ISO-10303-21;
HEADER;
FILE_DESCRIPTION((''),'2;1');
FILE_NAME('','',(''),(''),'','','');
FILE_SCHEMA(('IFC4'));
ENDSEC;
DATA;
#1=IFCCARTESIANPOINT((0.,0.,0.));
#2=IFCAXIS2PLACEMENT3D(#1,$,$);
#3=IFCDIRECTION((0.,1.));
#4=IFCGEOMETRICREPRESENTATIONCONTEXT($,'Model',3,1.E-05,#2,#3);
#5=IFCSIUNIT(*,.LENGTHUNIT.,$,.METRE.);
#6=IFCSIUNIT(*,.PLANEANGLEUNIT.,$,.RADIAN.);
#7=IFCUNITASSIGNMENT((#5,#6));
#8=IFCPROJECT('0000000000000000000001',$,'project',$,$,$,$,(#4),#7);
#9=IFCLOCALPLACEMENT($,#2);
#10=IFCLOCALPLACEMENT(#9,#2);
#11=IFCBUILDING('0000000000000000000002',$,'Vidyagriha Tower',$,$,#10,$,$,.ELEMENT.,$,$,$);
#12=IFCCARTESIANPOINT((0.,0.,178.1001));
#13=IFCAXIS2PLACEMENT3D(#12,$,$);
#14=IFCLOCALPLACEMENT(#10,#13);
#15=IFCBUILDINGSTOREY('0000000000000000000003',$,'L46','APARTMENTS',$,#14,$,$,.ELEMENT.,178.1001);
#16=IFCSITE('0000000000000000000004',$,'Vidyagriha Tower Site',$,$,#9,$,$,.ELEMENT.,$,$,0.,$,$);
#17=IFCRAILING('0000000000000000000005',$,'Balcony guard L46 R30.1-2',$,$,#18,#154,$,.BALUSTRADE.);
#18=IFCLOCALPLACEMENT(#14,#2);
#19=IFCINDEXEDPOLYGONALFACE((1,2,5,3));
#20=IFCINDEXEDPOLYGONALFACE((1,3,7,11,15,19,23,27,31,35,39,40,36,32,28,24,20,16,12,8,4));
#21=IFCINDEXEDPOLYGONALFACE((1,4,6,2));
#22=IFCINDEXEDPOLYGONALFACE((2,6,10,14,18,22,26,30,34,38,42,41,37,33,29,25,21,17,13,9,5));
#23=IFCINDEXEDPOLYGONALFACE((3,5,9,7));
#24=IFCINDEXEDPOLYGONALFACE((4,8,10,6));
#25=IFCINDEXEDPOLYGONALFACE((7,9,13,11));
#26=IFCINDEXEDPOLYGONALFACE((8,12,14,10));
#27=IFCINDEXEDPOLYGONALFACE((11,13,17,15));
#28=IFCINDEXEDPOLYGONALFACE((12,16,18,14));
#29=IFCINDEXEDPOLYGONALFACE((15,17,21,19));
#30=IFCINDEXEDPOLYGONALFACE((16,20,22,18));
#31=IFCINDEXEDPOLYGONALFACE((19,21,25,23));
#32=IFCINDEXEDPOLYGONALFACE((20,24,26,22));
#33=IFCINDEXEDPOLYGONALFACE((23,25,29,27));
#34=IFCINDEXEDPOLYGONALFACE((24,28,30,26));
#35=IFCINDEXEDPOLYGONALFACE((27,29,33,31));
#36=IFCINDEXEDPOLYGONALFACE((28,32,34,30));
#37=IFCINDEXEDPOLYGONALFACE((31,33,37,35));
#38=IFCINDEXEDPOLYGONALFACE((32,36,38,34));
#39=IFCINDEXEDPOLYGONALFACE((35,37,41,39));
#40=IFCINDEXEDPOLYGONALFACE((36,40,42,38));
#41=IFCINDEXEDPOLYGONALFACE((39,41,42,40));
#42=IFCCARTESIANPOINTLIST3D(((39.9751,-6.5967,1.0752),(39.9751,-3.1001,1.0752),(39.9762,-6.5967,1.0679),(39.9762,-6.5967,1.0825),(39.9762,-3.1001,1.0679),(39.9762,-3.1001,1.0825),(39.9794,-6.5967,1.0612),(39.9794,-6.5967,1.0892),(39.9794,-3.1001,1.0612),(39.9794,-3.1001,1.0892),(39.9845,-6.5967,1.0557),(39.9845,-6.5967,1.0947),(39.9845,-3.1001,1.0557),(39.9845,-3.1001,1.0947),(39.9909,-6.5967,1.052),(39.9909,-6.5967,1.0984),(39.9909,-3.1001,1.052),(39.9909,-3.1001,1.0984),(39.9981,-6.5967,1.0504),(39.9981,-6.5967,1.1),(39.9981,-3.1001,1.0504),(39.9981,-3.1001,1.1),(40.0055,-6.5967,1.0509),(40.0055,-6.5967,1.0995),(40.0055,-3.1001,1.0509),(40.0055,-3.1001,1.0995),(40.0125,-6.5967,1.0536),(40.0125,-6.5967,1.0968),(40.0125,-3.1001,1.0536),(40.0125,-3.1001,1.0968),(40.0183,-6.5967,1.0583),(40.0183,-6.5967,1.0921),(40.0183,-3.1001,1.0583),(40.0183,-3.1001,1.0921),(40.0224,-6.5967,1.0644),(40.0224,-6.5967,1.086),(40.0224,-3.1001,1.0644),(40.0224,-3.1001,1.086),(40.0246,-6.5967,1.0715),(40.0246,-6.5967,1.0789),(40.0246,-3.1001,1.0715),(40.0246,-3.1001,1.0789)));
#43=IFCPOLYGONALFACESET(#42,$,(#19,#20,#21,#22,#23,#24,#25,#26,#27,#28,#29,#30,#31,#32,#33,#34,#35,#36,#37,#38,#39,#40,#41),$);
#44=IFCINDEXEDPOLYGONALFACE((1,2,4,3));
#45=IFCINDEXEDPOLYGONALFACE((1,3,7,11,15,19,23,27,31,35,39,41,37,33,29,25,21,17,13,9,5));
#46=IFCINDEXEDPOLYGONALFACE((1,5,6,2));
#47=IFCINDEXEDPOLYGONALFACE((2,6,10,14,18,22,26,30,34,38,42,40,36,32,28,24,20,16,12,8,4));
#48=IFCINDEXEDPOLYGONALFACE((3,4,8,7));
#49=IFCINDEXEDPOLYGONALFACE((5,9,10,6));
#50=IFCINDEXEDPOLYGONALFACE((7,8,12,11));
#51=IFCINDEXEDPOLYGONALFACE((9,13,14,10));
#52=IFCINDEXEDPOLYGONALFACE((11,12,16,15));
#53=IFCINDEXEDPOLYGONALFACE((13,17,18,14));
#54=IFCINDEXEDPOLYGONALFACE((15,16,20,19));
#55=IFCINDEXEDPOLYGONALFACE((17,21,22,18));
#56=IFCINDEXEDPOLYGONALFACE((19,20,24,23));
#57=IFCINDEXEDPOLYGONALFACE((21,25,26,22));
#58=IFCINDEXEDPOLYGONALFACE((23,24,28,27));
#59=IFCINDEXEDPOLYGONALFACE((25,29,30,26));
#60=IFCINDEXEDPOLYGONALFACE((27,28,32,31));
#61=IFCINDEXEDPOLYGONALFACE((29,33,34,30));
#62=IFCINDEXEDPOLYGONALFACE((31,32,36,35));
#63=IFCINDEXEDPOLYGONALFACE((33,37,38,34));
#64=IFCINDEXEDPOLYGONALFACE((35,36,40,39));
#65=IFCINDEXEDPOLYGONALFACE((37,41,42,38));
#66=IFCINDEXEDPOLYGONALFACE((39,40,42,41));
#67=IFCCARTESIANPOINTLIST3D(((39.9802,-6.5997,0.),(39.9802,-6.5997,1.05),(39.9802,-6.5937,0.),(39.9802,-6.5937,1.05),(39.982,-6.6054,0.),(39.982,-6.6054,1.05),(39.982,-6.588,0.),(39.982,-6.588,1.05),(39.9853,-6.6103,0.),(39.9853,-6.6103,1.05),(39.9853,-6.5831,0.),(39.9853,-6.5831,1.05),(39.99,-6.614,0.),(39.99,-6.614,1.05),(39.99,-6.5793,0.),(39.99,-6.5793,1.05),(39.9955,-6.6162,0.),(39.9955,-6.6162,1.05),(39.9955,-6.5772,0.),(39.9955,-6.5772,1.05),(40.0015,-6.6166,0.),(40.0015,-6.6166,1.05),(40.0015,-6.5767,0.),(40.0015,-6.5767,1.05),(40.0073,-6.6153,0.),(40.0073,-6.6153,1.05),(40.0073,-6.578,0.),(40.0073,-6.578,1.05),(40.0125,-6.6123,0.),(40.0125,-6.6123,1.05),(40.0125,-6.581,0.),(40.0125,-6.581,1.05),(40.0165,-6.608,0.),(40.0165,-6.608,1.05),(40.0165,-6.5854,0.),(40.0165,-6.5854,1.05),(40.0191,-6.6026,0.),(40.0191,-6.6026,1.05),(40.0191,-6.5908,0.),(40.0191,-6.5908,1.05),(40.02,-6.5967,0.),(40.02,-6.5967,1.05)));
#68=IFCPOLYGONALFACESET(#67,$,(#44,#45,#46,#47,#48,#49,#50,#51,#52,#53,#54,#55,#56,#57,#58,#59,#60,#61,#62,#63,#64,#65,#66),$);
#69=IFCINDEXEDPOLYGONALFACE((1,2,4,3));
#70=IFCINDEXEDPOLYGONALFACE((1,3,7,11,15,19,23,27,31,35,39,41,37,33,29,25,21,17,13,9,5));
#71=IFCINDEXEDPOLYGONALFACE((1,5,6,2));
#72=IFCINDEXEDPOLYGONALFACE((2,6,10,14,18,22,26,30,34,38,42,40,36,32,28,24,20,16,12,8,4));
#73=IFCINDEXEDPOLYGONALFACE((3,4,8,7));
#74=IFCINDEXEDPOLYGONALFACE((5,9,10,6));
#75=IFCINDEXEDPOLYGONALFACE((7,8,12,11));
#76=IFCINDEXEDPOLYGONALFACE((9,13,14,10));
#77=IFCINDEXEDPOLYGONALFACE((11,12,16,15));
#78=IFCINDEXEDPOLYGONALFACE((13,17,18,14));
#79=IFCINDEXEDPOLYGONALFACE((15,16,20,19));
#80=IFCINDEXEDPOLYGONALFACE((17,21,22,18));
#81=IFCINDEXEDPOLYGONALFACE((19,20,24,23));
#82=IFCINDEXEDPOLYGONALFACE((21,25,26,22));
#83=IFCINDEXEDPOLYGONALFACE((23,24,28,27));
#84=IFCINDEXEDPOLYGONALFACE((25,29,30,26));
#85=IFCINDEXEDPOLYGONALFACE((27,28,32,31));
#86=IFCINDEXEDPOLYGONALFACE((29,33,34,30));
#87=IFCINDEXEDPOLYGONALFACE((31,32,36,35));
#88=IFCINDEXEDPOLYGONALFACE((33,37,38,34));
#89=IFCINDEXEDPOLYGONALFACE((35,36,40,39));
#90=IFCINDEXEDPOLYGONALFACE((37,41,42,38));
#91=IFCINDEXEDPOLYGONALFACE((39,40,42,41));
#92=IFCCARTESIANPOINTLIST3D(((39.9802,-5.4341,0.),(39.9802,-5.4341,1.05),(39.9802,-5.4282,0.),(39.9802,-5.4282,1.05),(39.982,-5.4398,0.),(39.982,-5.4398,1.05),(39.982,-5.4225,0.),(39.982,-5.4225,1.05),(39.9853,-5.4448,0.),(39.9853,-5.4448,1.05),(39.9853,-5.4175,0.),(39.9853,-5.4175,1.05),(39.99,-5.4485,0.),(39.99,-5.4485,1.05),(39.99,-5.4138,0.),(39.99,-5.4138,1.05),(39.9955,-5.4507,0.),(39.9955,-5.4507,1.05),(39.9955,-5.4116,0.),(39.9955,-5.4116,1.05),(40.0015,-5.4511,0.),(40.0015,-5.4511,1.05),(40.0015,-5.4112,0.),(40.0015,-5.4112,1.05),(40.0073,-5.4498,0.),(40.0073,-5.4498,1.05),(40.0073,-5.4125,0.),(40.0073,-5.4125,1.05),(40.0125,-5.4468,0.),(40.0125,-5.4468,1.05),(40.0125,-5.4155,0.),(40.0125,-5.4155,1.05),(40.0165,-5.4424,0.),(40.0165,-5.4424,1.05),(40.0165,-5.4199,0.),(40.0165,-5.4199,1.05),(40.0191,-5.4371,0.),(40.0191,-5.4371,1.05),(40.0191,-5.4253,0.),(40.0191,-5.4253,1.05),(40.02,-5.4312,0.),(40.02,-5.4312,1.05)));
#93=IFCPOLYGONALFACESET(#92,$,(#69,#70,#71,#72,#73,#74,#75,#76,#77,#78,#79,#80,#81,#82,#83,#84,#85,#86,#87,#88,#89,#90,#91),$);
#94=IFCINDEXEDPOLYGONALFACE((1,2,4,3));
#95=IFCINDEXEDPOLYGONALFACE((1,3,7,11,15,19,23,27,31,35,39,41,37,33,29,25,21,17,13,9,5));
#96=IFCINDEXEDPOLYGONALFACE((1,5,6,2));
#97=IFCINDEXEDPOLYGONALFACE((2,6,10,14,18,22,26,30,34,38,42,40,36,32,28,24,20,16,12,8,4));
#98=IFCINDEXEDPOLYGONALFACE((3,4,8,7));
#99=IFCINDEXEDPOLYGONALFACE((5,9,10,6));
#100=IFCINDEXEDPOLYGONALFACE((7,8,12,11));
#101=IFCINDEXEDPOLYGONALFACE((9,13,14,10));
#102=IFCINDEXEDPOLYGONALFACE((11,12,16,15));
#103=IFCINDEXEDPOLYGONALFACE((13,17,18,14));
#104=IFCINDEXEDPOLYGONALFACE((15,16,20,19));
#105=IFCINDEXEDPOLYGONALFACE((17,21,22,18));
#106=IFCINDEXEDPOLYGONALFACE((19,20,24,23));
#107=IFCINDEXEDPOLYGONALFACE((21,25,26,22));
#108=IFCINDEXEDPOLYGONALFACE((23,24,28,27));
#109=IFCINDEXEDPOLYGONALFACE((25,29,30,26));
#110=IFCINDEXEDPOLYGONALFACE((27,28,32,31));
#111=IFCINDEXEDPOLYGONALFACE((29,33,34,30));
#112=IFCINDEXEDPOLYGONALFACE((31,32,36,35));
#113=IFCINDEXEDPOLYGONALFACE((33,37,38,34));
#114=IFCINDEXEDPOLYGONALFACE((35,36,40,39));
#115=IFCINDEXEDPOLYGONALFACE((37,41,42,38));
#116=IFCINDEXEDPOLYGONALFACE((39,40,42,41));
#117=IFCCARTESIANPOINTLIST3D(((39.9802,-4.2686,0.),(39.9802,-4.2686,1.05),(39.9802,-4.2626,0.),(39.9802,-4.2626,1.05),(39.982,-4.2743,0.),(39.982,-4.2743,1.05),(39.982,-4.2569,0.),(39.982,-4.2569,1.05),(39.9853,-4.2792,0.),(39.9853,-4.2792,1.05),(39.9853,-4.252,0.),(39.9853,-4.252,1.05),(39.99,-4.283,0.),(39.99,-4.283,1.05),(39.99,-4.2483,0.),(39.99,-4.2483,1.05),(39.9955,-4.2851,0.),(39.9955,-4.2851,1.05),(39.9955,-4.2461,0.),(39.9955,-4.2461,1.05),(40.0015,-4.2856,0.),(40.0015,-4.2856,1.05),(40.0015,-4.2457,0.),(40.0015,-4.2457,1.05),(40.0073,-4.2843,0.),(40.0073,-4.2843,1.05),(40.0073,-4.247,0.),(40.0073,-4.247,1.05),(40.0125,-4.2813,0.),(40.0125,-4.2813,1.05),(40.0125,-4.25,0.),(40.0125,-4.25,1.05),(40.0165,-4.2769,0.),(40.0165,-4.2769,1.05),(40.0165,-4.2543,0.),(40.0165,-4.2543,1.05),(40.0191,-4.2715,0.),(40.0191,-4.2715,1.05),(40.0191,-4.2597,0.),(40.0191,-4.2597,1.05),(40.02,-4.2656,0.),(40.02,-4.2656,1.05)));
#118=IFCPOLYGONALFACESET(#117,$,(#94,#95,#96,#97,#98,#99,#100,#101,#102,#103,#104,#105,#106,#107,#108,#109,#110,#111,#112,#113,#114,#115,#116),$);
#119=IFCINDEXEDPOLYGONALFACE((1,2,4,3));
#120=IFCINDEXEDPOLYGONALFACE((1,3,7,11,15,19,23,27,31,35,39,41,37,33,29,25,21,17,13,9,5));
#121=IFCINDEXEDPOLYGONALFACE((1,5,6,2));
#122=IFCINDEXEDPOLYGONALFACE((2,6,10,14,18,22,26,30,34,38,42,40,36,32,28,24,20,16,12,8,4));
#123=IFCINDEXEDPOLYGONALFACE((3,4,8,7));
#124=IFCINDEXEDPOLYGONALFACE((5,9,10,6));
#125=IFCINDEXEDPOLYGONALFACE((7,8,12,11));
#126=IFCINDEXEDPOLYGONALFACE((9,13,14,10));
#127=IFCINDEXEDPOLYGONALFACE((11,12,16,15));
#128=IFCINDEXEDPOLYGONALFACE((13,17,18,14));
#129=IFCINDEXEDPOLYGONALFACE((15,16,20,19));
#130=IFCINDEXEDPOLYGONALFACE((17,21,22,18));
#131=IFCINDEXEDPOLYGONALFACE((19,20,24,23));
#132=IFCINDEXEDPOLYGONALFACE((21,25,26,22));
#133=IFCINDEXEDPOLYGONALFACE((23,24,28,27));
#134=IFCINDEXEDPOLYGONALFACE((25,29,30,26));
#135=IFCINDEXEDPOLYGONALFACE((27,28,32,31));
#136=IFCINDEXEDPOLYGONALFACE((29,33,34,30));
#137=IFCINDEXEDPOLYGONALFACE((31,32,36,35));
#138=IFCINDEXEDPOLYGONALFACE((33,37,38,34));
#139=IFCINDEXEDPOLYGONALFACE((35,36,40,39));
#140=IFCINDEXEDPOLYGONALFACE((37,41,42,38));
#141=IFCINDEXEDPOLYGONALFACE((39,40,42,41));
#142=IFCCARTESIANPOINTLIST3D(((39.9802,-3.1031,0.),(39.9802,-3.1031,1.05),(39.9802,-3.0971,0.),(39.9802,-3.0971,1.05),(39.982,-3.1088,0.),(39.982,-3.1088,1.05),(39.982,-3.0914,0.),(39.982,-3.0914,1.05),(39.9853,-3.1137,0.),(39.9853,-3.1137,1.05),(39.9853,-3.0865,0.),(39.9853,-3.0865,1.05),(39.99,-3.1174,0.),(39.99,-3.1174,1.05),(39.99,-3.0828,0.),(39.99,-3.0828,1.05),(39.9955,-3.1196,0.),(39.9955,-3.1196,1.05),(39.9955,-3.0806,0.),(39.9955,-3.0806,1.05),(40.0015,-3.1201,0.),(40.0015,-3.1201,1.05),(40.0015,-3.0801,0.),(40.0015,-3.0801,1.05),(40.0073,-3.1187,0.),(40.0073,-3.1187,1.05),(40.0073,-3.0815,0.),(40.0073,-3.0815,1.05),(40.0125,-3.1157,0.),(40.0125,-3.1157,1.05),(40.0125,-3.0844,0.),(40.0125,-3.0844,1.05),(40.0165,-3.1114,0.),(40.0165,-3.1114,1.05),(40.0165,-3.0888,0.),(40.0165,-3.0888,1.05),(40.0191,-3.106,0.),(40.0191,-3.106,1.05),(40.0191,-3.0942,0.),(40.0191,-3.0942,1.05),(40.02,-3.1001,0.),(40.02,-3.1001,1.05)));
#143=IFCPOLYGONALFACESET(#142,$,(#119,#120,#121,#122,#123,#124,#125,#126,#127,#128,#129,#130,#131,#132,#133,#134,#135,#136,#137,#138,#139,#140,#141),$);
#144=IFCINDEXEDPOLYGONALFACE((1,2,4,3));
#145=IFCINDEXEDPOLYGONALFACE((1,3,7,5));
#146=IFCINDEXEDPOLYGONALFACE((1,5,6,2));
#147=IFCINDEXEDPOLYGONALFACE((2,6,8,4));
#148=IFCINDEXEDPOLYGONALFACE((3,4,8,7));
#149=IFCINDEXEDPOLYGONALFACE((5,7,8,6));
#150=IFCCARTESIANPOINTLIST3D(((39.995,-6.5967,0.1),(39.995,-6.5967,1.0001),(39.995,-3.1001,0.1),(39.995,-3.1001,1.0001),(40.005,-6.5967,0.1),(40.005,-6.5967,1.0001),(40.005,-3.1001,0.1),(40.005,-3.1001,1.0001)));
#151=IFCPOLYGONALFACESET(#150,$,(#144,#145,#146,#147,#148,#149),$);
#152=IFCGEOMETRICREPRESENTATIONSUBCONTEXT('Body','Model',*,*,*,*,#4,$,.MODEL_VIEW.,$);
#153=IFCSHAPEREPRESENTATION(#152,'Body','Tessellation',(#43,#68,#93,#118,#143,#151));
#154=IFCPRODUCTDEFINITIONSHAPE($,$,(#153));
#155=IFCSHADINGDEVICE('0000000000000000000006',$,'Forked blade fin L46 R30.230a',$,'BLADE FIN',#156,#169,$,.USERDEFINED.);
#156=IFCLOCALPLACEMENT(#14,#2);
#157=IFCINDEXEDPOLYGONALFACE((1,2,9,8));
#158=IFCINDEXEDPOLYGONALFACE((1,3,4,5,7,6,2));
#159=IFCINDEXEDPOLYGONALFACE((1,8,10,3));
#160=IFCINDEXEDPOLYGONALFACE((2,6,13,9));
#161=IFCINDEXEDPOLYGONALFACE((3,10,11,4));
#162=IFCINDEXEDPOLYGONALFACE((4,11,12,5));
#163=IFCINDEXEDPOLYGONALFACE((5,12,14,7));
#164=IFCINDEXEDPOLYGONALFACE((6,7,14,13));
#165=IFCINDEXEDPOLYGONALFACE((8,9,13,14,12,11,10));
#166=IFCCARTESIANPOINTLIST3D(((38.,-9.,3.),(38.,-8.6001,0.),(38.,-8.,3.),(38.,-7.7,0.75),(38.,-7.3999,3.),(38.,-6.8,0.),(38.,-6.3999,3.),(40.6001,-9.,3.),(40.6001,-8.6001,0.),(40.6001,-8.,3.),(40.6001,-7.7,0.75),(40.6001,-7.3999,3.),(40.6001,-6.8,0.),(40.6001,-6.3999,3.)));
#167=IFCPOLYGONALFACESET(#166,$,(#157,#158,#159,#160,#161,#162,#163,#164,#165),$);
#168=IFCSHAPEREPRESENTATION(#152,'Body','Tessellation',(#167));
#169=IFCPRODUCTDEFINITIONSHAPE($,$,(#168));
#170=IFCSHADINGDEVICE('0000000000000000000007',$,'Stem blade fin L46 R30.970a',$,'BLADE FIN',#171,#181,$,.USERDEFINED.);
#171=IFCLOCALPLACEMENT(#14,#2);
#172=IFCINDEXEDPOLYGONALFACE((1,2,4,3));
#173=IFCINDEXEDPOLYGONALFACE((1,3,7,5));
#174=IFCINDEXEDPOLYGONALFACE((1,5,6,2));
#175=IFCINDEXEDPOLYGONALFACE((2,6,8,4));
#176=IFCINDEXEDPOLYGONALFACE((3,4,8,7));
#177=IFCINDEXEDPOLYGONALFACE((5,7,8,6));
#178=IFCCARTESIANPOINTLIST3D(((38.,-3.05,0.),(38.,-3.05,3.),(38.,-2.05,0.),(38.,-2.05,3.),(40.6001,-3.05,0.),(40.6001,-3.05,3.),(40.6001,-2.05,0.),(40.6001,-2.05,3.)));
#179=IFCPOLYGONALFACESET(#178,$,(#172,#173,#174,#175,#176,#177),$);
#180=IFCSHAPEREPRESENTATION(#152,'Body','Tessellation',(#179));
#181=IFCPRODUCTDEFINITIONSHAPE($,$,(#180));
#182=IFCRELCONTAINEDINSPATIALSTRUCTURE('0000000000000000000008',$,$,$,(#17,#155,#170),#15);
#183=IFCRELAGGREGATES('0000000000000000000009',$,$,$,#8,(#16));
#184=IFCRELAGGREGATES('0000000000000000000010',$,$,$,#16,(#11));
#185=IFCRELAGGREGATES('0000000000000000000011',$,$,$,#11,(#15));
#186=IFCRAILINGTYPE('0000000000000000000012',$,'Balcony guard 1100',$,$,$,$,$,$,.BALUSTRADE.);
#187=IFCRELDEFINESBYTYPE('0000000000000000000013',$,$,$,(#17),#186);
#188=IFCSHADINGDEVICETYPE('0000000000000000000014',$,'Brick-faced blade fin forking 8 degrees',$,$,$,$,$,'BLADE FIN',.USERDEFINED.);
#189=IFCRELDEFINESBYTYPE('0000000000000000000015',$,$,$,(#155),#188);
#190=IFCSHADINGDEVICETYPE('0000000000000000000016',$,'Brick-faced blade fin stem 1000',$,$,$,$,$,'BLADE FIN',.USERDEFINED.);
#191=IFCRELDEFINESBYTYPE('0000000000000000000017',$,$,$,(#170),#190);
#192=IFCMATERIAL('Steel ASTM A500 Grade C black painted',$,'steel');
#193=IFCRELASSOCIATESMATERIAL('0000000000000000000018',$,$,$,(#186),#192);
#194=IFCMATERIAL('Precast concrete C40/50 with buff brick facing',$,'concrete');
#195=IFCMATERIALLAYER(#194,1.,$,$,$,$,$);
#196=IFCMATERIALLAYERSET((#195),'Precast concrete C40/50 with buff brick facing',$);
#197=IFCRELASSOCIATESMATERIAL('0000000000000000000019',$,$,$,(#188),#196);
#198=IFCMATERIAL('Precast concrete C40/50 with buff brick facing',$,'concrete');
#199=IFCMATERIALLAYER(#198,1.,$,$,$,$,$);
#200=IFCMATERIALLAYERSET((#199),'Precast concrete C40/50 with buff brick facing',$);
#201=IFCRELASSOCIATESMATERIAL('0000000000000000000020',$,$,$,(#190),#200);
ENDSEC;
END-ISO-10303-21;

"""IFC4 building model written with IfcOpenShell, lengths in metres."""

from ifc_helpers import new_model, si_unit, direction, frame, origin, origin_2d, place, context, subcontext, project, spatial, polyline, rectangle, circle, outline, extrude, material, layer, layer_set, type_object, element, save


model = new_model("IFC4")

# Units and contexts
model_context = context("Model", 3, precision=1e-05, world=origin(), true_north=direction((0.0, 1.0)))
body_context = subcontext(model_context, "Body", "Model", "MODEL_VIEW")
ifc_project = project(units=[si_unit("LENGTHUNIT", "METRE"), si_unit("PLANEANGLEUNIT", "RADIAN")], contexts=[model_context])

# Site, building, storey
site_placement = place(None, origin())
site = spatial("IfcSite", under=ifc_project, at=site_placement, Name="Vidyagriha Tower Site", CompositionType="ELEMENT", RefElevation=0.0)
building_placement = place(site_placement, origin())
building = spatial("IfcBuilding", under=site, at=building_placement, Name="Vidyagriha Tower", CompositionType="ELEMENT")
storey_placement = place(building_placement, frame((0.0, 0.0, 178.1001)))
storey = spatial("IfcBuildingStorey", under=building, at=storey_placement, Name="L46", Description="APARTMENTS", CompositionType="ELEMENT", Elevation=178.1001)

# Railing
ifc_material_1 = material(Name="Steel ASTM A500 Grade C black painted", Category="steel")
railing_type_1 = type_object("IfcRailingType", Name="Balcony guard 1100", PredefinedType="BALUSTRADE", material=ifc_material_1)
railing_1_placement = place(storey_placement, frame((40.0, -6.5967, 0.0)))
element("IfcRailing", 1, at=railing_1_placement, inside=storey, type_object=railing_type_1, Name="Balcony guard L46 R30.1-2", PredefinedType="BALUSTRADE", context=body_context, shape_type="SweptSolid", body=[
    extrude(circle(Radius=0.0249, at=origin_2d()), frame((0.0, 0.0, 1.0752), z_axis=(0.0, 1.0, 0.0), x_axis=(-1.0, 0.0, 0.0)), (0.0, 0.0, 1.0), 3.4966),
    extrude(circle(Radius=0.02, at=origin_2d()), origin(), (0.0, 0.0, 1.0), 1.05),
    extrude(circle(Radius=0.02, at=origin_2d()), frame((0.0, 1.1655, 0.0)), (0.0, 0.0, 1.0), 1.05),
    extrude(circle(Radius=0.02, at=origin_2d()), frame((0.0, 2.3311, 0.0)), (0.0, 0.0, 1.0), 1.05),
    extrude(circle(Radius=0.02, at=origin_2d()), frame((0.0, 3.4966, 0.0)), (0.0, 0.0, 1.0), 1.05),
    extrude(rectangle(XDim=0.01, YDim=0.9001, at=origin_2d()), frame((0.0, 0.0, 0.55), z_axis=(0.0, 1.0, 0.0), x_axis=(-1.0, 0.0, 0.0)), (0.0, 0.0, 1.0), 3.4966),
])

# Shading devices
ifc_material_2 = material(Name="Precast concrete C40/50 with buff brick facing", Category="concrete")
ifc_layer_1 = layer(ifc_material_2, 1.0)
ifc_layer_set_1 = layer_set([ifc_layer_1], Name="Precast concrete C40/50 with buff brick facing")
shading_device_type_1 = type_object("IfcShadingDeviceType", Name="Brick-faced blade fin forking 8 degrees", ElementType="BLADE FIN", PredefinedType="USERDEFINED", material=ifc_layer_set_1)
shading_device_1_placement = place(storey_placement, frame((39.3, -9.0, 0.0), z_axis=(0.0, 0.0, 1.0), x_axis=(0.0, 1.0, 0.0)))
element("IfcShadingDevice", 2, at=shading_device_1_placement, inside=storey, type_object=shading_device_type_1, Name="Forked blade fin L46 R30.230a", ObjectType="BLADE FIN", PredefinedType="USERDEFINED", context=body_context, shape_type="SweptSolid", body=[
    extrude(outline(polyline([(0.3999, 0.0), (2.2, 0.0), (2.6001, 3.0), (1.6001, 3.0), (1.3, 0.75), (1.0, 3.0), (0.0, 3.0), (0.3999, 0.0)])), frame((0.0, 1.3, 0.0), z_axis=(0.0, -1.0, 0.0), x_axis=(1.0, 0.0, 0.0)), (0.0, 0.0, 1.0), 2.6001),
])
ifc_material_3 = material(Name="Precast concrete C40/50 with buff brick facing", Category="concrete")
ifc_layer_2 = layer(ifc_material_3, 1.0)
ifc_layer_set_2 = layer_set([ifc_layer_2], Name="Precast concrete C40/50 with buff brick facing")
shading_device_type_2 = type_object("IfcShadingDeviceType", Name="Brick-faced blade fin stem 1000", ElementType="BLADE FIN", PredefinedType="USERDEFINED", material=ifc_layer_set_2)
shading_device_2_placement = place(storey_placement, frame((39.3, -3.05, 0.0), z_axis=(0.0, 0.0, 1.0), x_axis=(0.0, 1.0, 0.0)))
element("IfcShadingDevice", 3, at=shading_device_2_placement, inside=storey, type_object=shading_device_type_2, Name="Stem blade fin L46 R30.970a", ObjectType="BLADE FIN", PredefinedType="USERDEFINED", context=body_context, shape_type="SweptSolid", body=[
    extrude(outline(polyline([(0.0, 0.0), (1.0, 0.0), (1.0, 3.0), (0.0, 3.0), (0.0, 0.0)])), frame((0.0, 1.3, 0.0), z_axis=(0.0, -1.0, 0.0), x_axis=(1.0, 0.0, 0.0)), (0.0, 0.0, 1.0), 2.6001),
])

save(model, "model.ifc")
